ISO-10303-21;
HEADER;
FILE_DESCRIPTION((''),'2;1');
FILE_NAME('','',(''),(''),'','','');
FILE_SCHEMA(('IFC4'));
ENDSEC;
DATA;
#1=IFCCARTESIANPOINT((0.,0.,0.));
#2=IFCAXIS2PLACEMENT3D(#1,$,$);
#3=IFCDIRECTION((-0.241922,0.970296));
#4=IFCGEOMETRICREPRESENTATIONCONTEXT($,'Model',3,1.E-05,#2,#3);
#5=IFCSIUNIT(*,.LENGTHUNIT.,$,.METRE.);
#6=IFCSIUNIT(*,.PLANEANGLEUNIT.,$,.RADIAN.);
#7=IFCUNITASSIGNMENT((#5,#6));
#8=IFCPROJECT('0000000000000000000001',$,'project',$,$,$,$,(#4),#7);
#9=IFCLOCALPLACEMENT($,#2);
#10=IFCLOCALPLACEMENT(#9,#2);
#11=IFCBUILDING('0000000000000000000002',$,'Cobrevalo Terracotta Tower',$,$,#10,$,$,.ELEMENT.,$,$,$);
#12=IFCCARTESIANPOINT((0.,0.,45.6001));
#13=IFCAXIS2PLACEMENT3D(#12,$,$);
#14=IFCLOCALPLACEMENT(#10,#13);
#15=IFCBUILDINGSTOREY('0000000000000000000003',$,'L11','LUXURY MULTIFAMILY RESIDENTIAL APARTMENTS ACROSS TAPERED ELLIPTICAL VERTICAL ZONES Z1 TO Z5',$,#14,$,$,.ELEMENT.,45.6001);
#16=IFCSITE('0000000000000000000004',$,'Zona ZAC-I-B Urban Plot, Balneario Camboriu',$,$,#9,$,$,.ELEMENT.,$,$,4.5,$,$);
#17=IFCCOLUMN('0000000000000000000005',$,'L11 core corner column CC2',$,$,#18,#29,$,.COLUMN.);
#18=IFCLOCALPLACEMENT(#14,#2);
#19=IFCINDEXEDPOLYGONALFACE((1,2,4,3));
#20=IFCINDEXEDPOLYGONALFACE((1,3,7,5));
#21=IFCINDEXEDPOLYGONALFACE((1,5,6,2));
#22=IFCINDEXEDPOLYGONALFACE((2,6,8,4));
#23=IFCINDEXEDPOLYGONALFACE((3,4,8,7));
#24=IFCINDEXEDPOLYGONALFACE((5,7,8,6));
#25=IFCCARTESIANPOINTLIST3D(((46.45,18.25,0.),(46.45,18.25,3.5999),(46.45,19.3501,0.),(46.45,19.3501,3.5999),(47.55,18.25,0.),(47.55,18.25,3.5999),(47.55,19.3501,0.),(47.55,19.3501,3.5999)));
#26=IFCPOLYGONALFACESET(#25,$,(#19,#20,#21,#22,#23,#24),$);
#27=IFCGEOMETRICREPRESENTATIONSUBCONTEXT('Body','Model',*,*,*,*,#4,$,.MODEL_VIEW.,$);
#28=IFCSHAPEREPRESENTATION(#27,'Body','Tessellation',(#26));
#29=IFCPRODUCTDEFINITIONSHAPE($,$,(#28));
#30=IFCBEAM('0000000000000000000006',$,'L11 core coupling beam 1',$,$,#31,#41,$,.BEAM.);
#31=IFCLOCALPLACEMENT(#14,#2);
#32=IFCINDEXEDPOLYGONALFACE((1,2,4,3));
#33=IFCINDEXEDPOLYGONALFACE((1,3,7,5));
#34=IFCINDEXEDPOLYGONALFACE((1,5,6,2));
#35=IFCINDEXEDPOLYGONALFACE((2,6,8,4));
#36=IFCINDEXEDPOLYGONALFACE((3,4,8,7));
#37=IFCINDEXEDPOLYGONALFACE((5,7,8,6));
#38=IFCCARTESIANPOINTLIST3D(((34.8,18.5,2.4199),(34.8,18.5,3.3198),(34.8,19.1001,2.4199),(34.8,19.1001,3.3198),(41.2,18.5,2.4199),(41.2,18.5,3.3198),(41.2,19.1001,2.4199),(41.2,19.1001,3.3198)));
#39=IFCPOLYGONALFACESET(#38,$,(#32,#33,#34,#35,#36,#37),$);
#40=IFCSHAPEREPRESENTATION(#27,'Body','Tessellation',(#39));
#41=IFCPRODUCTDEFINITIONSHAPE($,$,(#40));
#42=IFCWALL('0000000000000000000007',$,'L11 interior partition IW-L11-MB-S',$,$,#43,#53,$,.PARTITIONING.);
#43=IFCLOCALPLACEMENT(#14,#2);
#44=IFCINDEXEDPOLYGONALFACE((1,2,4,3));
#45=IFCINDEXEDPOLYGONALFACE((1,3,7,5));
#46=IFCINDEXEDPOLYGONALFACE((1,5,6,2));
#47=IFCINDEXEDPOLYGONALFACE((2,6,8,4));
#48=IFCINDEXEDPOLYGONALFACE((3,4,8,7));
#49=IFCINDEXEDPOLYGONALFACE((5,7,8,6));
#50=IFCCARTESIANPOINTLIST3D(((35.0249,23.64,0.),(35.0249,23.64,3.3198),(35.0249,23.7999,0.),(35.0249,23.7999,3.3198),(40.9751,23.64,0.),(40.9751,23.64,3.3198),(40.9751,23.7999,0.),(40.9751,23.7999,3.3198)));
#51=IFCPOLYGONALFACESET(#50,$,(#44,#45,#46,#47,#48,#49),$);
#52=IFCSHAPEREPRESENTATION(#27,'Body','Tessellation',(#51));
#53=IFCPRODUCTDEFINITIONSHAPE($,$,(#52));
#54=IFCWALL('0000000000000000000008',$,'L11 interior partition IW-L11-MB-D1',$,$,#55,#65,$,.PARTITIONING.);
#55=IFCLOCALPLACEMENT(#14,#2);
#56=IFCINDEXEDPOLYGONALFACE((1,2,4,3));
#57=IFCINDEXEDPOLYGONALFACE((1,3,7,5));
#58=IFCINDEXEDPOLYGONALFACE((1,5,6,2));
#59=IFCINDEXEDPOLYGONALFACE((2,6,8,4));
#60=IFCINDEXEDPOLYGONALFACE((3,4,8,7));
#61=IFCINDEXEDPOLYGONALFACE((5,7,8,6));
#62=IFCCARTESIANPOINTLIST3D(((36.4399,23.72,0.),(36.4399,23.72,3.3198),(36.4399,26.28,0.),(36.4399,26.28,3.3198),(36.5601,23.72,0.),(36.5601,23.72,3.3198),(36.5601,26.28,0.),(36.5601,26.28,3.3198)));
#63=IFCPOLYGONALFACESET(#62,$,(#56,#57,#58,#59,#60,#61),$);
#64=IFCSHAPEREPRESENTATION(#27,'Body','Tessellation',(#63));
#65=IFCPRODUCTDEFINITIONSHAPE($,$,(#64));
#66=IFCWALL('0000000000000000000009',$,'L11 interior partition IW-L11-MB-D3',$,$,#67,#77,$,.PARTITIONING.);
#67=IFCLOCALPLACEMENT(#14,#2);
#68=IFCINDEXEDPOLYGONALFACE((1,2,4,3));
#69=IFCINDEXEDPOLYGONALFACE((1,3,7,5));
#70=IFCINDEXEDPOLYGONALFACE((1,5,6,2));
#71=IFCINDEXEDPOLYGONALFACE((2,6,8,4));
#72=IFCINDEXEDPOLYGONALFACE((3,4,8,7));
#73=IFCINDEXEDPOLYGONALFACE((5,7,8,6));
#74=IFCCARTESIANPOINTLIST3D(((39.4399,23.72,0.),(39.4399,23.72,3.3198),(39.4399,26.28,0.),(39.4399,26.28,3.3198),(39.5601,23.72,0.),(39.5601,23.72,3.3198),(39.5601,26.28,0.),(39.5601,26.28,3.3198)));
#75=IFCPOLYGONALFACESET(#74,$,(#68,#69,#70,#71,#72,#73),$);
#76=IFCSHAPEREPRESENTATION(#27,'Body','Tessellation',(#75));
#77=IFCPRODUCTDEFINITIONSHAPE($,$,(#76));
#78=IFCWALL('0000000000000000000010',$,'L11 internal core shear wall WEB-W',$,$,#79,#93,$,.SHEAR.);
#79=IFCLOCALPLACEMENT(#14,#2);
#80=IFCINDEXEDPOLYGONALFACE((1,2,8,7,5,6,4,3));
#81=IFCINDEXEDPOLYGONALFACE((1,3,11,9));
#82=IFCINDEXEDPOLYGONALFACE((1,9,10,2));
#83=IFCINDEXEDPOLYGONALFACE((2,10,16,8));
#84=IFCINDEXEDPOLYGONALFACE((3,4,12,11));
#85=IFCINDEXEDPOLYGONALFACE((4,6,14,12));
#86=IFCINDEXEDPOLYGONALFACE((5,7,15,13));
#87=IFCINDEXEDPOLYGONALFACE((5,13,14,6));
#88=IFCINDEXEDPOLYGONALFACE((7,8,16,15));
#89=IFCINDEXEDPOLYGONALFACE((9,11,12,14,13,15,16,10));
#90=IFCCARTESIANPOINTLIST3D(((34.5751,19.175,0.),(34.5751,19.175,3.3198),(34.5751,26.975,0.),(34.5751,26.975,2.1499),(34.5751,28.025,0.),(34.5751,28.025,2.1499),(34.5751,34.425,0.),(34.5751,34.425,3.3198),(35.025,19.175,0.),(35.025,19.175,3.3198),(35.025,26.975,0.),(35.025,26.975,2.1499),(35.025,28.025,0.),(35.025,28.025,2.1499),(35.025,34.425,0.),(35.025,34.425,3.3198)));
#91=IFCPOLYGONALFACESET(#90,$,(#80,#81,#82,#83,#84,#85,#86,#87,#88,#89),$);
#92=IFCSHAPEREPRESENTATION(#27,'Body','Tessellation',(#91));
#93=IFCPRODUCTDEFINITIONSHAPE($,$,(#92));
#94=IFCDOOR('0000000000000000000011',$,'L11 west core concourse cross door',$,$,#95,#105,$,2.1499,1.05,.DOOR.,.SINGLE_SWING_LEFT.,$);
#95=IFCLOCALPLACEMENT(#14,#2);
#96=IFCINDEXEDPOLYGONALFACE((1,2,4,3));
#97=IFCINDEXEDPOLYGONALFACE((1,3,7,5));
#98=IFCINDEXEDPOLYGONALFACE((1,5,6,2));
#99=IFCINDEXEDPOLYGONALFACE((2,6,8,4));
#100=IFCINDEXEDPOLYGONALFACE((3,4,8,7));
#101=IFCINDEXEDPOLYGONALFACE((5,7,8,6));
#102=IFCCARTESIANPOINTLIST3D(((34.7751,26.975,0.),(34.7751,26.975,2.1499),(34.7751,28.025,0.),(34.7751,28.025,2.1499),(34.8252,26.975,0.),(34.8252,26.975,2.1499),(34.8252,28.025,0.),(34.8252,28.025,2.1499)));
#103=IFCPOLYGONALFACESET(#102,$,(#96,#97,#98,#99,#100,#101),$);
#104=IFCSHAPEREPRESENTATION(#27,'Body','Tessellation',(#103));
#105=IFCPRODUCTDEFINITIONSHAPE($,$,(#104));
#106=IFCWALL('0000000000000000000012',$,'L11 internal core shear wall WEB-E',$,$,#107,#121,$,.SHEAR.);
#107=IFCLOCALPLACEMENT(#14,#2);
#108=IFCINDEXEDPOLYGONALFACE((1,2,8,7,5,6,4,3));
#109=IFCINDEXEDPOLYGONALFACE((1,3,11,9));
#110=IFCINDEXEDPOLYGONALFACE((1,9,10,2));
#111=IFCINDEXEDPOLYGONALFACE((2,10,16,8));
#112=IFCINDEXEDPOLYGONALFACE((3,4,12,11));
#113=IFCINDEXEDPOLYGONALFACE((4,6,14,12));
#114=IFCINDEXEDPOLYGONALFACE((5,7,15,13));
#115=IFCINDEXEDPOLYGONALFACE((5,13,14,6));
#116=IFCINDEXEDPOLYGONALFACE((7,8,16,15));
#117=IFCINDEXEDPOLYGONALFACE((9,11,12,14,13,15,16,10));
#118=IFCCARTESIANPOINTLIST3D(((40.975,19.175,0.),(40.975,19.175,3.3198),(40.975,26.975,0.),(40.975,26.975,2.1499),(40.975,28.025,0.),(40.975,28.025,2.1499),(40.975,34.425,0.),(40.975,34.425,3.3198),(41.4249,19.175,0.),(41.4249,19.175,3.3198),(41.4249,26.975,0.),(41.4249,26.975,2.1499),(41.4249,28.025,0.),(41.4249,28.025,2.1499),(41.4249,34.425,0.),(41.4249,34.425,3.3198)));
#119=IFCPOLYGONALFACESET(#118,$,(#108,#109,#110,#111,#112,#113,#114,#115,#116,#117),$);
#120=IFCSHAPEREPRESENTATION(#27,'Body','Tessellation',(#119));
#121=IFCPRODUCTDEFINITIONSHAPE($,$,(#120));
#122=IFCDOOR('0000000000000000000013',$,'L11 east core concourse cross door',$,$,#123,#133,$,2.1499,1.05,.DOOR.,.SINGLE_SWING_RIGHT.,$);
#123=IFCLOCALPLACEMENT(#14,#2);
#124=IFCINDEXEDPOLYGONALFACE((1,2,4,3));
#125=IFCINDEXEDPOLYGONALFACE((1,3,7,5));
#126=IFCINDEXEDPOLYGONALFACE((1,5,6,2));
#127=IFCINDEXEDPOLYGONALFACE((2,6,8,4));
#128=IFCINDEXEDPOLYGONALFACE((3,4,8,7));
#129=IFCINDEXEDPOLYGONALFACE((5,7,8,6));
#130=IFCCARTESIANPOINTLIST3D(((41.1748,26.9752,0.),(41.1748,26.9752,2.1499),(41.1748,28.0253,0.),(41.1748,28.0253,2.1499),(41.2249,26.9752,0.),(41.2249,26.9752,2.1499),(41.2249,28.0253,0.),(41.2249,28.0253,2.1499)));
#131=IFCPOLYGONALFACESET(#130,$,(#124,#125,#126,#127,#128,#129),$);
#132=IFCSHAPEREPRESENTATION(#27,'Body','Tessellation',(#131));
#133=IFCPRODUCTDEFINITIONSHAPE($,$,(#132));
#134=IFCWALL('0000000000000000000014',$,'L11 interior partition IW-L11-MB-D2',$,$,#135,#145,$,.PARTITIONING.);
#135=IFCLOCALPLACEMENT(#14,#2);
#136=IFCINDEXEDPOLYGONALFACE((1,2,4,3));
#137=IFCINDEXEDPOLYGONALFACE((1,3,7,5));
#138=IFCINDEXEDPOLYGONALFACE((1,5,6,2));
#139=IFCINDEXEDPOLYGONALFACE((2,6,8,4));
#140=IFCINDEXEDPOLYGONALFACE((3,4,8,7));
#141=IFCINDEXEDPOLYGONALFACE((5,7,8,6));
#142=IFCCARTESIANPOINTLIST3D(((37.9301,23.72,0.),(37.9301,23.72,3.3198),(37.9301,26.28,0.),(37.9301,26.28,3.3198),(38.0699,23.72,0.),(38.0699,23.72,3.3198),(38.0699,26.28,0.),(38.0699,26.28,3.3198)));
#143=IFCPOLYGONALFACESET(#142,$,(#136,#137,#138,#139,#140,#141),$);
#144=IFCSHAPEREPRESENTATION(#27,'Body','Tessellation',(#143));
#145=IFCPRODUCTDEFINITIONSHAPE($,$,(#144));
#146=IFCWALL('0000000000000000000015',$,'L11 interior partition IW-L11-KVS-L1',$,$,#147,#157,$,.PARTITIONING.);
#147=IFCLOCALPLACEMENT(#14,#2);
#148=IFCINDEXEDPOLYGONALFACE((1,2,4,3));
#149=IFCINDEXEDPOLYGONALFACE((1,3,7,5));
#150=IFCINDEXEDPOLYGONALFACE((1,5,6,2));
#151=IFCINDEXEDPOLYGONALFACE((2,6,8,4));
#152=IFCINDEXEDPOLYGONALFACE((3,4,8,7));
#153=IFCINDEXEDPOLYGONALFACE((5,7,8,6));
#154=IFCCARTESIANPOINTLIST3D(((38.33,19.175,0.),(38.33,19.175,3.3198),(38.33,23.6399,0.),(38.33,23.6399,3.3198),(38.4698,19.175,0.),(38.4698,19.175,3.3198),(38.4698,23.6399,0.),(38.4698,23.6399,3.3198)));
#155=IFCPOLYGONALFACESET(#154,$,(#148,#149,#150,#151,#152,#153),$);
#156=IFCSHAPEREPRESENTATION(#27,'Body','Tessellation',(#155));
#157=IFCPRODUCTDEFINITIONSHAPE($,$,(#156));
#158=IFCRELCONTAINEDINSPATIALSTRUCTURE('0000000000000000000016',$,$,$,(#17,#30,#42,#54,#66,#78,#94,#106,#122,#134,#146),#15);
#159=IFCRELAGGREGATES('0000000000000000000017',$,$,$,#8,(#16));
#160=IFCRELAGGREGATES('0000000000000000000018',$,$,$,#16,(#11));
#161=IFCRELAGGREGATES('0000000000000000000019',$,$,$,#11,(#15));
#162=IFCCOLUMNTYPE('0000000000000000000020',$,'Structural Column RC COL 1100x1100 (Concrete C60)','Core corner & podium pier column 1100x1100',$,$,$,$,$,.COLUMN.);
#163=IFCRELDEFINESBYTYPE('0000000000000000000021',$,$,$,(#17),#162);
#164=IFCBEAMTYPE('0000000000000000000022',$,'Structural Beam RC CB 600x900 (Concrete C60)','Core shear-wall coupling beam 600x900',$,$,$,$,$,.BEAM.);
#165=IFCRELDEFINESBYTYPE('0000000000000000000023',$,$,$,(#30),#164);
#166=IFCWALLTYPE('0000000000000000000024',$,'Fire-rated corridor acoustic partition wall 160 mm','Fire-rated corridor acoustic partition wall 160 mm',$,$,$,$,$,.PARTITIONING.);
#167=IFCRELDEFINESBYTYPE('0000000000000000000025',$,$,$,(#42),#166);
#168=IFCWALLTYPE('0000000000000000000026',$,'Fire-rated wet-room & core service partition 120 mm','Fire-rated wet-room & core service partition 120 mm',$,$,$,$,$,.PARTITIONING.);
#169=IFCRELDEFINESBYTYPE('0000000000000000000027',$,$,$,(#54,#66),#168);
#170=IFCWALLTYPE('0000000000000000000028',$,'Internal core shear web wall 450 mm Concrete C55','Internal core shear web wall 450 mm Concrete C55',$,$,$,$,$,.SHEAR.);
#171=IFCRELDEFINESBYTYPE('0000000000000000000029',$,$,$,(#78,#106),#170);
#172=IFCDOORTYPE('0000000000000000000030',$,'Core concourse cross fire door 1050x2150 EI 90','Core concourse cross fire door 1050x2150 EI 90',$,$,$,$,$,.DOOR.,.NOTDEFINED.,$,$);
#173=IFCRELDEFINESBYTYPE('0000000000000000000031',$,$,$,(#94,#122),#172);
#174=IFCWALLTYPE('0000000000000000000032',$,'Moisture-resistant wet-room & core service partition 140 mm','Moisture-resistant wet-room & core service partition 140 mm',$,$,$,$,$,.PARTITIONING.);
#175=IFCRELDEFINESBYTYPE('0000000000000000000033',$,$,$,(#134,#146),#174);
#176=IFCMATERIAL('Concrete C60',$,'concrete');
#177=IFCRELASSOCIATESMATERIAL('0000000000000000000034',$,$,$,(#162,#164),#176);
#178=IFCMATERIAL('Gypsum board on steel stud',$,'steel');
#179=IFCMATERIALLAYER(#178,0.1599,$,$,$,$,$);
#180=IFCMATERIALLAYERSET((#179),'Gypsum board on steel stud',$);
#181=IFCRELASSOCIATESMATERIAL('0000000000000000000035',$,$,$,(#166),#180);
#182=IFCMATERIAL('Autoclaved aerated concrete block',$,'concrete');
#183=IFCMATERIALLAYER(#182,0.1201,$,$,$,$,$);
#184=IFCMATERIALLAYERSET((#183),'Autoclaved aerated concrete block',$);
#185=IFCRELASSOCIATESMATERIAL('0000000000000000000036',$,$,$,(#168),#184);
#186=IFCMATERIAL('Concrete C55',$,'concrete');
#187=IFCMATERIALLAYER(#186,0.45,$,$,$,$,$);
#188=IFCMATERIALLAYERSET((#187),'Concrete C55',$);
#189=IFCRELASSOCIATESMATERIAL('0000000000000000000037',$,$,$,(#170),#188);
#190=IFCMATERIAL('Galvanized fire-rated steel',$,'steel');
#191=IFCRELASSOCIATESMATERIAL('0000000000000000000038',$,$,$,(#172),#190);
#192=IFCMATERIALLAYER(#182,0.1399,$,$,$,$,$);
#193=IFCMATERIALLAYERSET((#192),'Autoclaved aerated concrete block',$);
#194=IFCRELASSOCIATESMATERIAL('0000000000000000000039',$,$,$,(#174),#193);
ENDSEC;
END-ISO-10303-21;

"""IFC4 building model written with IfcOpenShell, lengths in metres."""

from ifc_helpers import new_model, si_unit, direction, frame, frame_2d, origin, origin_2d, place, context, subcontext, project, spatial, rectangle, extrude, source, transform, mapped, material, layer, layer_set, material_profile, profile_set, type_object, element, fill, save


model = new_model("IFC4")

# Units and contexts
model_context = context("Model", 3, precision=1e-05, world=origin(), true_north=direction((-0.241922, 0.970296)))
body_context = subcontext(model_context, "Body", "Model", "MODEL_VIEW")
ifc_project = project(units=[si_unit("LENGTHUNIT", "METRE"), si_unit("PLANEANGLEUNIT", "RADIAN")], contexts=[model_context])

# Site, building, storey
site_placement = place(None, origin())
site = spatial("IfcSite", under=ifc_project, at=site_placement, Name="Zona ZAC-I-B Urban Plot, Balneario Camboriu", CompositionType="ELEMENT", RefElevation=4.5)
building_placement = place(site_placement, origin())
building = spatial("IfcBuilding", under=site, at=building_placement, Name="Cobrevalo Terracotta Tower", CompositionType="ELEMENT")
storey_placement = place(building_placement, frame((0.0, 0.0, 45.6001)))
storey = spatial("IfcBuildingStorey", under=building, at=storey_placement, Name="L11", Description="LUXURY MULTIFAMILY RESIDENTIAL APARTMENTS ACROSS TAPERED ELLIPTICAL VERTICAL ZONES Z1 TO Z5", CompositionType="ELEMENT", Elevation=45.6001)

# Column
ifc_material_1 = material(Name="Concrete C60", Category="concrete")
ifc_material_profile_1 = material_profile(ifc_material_1, rectangle(XDim=1.1001, YDim=1.1001, at=origin_2d()), Name="RC COL 1100x1100")
ifc_profile_set_1 = profile_set([ifc_material_profile_1], Name="Concrete C60")
column_type = type_object("IfcColumnType", Name="Structural Column RC COL 1100x1100 (Concrete C60)", Description="Core corner & podium pier column 1100x1100", PredefinedType="COLUMN", material=ifc_profile_set_1)
column_placement = place(storey_placement, frame((47.0, 18.8, 0.0), z_axis=(0.0, 0.0, 1.0), x_axis=(1.0, 0.0, 0.0)))
element("IfcColumn", 1, at=column_placement, inside=storey, type_object=column_type, Name="L11 core corner column CC2", PredefinedType="COLUMN", context=body_context, shape_type="SweptSolid", body=[
    extrude(rectangle(XDim=1.1001, YDim=1.1001, at=origin_2d()), origin(), (0.0, 0.0, 1.0), 3.5999),
])

# Beam
ifc_material_profile_2 = material_profile(ifc_material_1, rectangle(XDim=0.6001, YDim=0.8999, at=origin_2d()), Name="RC CB 600x900")
ifc_profile_set_2 = profile_set([ifc_material_profile_2], Name="Concrete C60")
beam_type = type_object("IfcBeamType", Name="Structural Beam RC CB 600x900 (Concrete C60)", Description="Core shear-wall coupling beam 600x900", PredefinedType="BEAM", material=ifc_profile_set_2)
beam_placement = place(storey_placement, frame((34.8, 18.8, 2.8699), z_axis=(1.0, 0.0, 0.0), x_axis=(0.0, 1.0, 0.0)))
element("IfcBeam", 2, at=beam_placement, inside=storey, type_object=beam_type, Name="L11 core coupling beam 1", PredefinedType="BEAM", context=body_context, shape_type="SweptSolid", body=[
    extrude(rectangle(XDim=0.6001, YDim=0.8999, at=origin_2d()), origin(), (0.0, 0.0, 1.0), 6.3999),
])

# Walls
ifc_material_2 = material(Name="Gypsum board on steel stud", Category="steel")
ifc_layer_1 = layer(ifc_material_2, 0.1599)
ifc_layer_set_1 = layer_set([ifc_layer_1], Name="Gypsum board on steel stud")
wall_type_1 = type_object("IfcWallType", Name="Fire-rated corridor acoustic partition wall 160 mm", Description="Fire-rated corridor acoustic partition wall 160 mm", PredefinedType="PARTITIONING", material=ifc_layer_set_1)
wall_1_placement = place(storey_placement, frame((35.0249, 23.72, 0.0), z_axis=(0.0, 0.0, 1.0), x_axis=(1.0, 0.0, 0.0)))
element("IfcWall", 3, at=wall_1_placement, inside=storey, type_object=wall_type_1, Name="L11 interior partition IW-L11-MB-S", PredefinedType="PARTITIONING", context=body_context, shape_type="SweptSolid", body=[
    extrude(rectangle(XDim=5.9502, YDim=0.1599, at=frame_2d((2.9751, 0.0))), origin(), (0.0, 0.0, 1.0), 3.3198),
])
ifc_material_3 = material(Name="Autoclaved aerated concrete block", Category="concrete")
ifc_layer_2 = layer(ifc_material_3, 0.1201)
ifc_layer_set_2 = layer_set([ifc_layer_2], Name="Autoclaved aerated concrete block")
wall_type_2 = type_object("IfcWallType", Name="Fire-rated wet-room & core service partition 120 mm", Description="Fire-rated wet-room & core service partition 120 mm", PredefinedType="PARTITIONING", material=ifc_layer_set_2)
for number, where, z_axis, x_axis, name in (
    (4, (36.5, 23.72, 0.0), (0.0, 0.0, 1.0), (0.0, 1.0, 0.0), "L11 interior partition IW-L11-MB-D1"),
    (5, (39.5, 23.72, 0.0), (0.0, 0.0, 1.0), (0.0, 1.0, 0.0), "L11 interior partition IW-L11-MB-D3"),
):
    element("IfcWall", number, at=place(storey_placement, frame(where, z_axis=z_axis, x_axis=x_axis)), inside=storey, type_object=wall_type_2, Name=name, PredefinedType="PARTITIONING", context=body_context, shape_type="SweptSolid", body=[
        extrude(rectangle(XDim=2.5601, YDim=0.1201, at=frame_2d((1.28, 0.0))), origin(), (0.0, 0.0, 1.0), 3.3198),
    ])

# Walls, openings, doors
ifc_material_4 = material(Name="Concrete C55", Category="concrete")
ifc_layer_3 = layer(ifc_material_4, 0.45)
ifc_layer_set_3 = layer_set([ifc_layer_3], Name="Concrete C55")
wall_type_3 = type_object("IfcWallType", Name="Internal core shear web wall 450 mm Concrete C55", Description="Internal core shear web wall 450 mm Concrete C55", PredefinedType="SHEAR", material=ifc_layer_set_3)
wall_2_placement = place(storey_placement, frame((34.8, 19.175, 0.0), z_axis=(0.0, 0.0, 1.0), x_axis=(0.0, 1.0, 0.0)))
wall_2 = element("IfcWall", 6, at=wall_2_placement, inside=storey, type_object=wall_type_3, Name="L11 internal core shear wall WEB-W", PredefinedType="SHEAR", context=body_context, shape_type="SweptSolid", body=[
    extrude(rectangle(XDim=15.25, YDim=0.45, at=frame_2d((7.625, 0.0))), origin(), (0.0, 0.0, 1.0), 3.3198),
])
opening_1_placement = place(wall_2_placement, frame((7.8, 0.0, 0.0)))
opening_1 = element("IfcOpeningElement", 7, at=opening_1_placement, cuts=wall_2, PredefinedType="OPENING", context=body_context, shape_type="SweptSolid", body=[
    extrude(rectangle(XDim=1.05, YDim=2.1499, at=frame_2d((0.5249, 1.075))), frame((0.0, 0.2349, 0.0), z_axis=(0.0, -1.0, 0.0), x_axis=(1.0, 0.0, 0.0)), (0.0, 0.0, 1.0), 0.47),
])
ifc_material_5 = material(Name="Galvanized fire-rated steel", Category="steel")
door_type_1 = type_object("IfcDoorType", Name="Core concourse cross fire door 1050x2150 EI 90", Description="Core concourse cross fire door 1050x2150 EI 90", OperationType="NOTDEFINED", PredefinedType="DOOR", material=ifc_material_5)
shared_shape_1 = source(origin(), body_context, "Body", "SweptSolid", [
    extrude(rectangle(XDim=1.05, YDim=2.1499, at=frame_2d((0.5249, 1.075))), frame((0.0, 0.0249, 0.0), z_axis=(0.0, -1.0, 0.0), x_axis=(1.0, 0.0, 0.0)), (0.0, 0.0, 1.0), 0.05),
])
door_1_placement = place(opening_1_placement, origin())
door_1 = element("IfcDoor", 8, at=door_1_placement, inside=storey, type_object=door_type_1, Name="L11 west core concourse cross door", OperationType="SINGLE_SWING_LEFT", OverallHeight=2.1499, OverallWidth=1.05, PredefinedType="DOOR", context=body_context, shape_type="MappedRepresentation", body=[
    mapped(shared_shape_1, transform((0.0, 0.0, 0.0), scale=1.0)),
])
fill(opening_1, door_1)
wall_3_placement = place(storey_placement, frame((41.2, 19.175, 0.0), z_axis=(0.0, 0.0, 1.0), x_axis=(0.0, 1.0, 0.0)))
wall_3 = element("IfcWall", 9, at=wall_3_placement, inside=storey, type_object=wall_type_3, Name="L11 internal core shear wall WEB-E", PredefinedType="SHEAR", context=body_context, shape_type="SweptSolid", body=[
    extrude(rectangle(XDim=15.25, YDim=0.45, at=frame_2d((7.625, 0.0))), origin(), (0.0, 0.0, 1.0), 3.3198),
])
opening_2_placement = place(wall_3_placement, frame((7.8, 0.0, 0.0)))
opening_2 = element("IfcOpeningElement", 10, at=opening_2_placement, cuts=wall_3, PredefinedType="OPENING", context=body_context, shape_type="SweptSolid", body=[
    extrude(rectangle(XDim=1.05, YDim=2.1499, at=frame_2d((0.5249, 1.075))), frame((0.0, 0.2349, 0.0), z_axis=(0.0, -1.0, 0.0), x_axis=(1.0, 0.0, 0.0)), (0.0, 0.0, 1.0), 0.47),
])
door_2_placement = place(opening_2_placement, frame((1.05, 0.0, 0.0), z_axis=(0.0, 0.0, 1.0), x_axis=(-1.0, 0.0, 0.0)))
door_2 = element("IfcDoor", 11, at=door_2_placement, inside=storey, type_object=door_type_1, Name="L11 east core concourse cross door", OperationType="SINGLE_SWING_RIGHT", OverallHeight=2.1499, OverallWidth=1.05, PredefinedType="DOOR", context=body_context, shape_type="MappedRepresentation", body=[
    mapped(shared_shape_1, transform((0.0, 0.0, 0.0), scale=1.0)),
])
fill(opening_2, door_2)

# Walls
ifc_layer_4 = layer(ifc_material_3, 0.1399)
ifc_layer_set_4 = layer_set([ifc_layer_4], Name="Autoclaved aerated concrete block")
wall_type_4 = type_object("IfcWallType", Name="Moisture-resistant wet-room & core service partition 140 mm", Description="Moisture-resistant wet-room & core service partition 140 mm", PredefinedType="PARTITIONING", material=ifc_layer_set_4)
wall_4_placement = place(storey_placement, frame((38.0, 23.72, 0.0), z_axis=(0.0, 0.0, 1.0), x_axis=(0.0, 1.0, 0.0)))
element("IfcWall", 12, at=wall_4_placement, inside=storey, type_object=wall_type_4, Name="L11 interior partition IW-L11-MB-D2", PredefinedType="PARTITIONING", context=body_context, shape_type="SweptSolid", body=[
    extrude(rectangle(XDim=2.5601, YDim=0.1399, at=frame_2d((1.28, 0.0))), origin(), (0.0, 0.0, 1.0), 3.3198),
])
wall_5_placement = place(storey_placement, frame((38.3999, 19.175, 0.0), z_axis=(0.0, 0.0, 1.0), x_axis=(0.0, 1.0, 0.0)))
element("IfcWall", 13, at=wall_5_placement, inside=storey, type_object=wall_type_4, Name="L11 interior partition IW-L11-KVS-L1", PredefinedType="PARTITIONING", context=body_context, shape_type="SweptSolid", body=[
    extrude(rectangle(XDim=4.4648, YDim=0.1399, at=frame_2d((2.2324, 0.0))), origin(), (0.0, 0.0, 1.0), 3.3198),
])

save(model, "model.ifc")
